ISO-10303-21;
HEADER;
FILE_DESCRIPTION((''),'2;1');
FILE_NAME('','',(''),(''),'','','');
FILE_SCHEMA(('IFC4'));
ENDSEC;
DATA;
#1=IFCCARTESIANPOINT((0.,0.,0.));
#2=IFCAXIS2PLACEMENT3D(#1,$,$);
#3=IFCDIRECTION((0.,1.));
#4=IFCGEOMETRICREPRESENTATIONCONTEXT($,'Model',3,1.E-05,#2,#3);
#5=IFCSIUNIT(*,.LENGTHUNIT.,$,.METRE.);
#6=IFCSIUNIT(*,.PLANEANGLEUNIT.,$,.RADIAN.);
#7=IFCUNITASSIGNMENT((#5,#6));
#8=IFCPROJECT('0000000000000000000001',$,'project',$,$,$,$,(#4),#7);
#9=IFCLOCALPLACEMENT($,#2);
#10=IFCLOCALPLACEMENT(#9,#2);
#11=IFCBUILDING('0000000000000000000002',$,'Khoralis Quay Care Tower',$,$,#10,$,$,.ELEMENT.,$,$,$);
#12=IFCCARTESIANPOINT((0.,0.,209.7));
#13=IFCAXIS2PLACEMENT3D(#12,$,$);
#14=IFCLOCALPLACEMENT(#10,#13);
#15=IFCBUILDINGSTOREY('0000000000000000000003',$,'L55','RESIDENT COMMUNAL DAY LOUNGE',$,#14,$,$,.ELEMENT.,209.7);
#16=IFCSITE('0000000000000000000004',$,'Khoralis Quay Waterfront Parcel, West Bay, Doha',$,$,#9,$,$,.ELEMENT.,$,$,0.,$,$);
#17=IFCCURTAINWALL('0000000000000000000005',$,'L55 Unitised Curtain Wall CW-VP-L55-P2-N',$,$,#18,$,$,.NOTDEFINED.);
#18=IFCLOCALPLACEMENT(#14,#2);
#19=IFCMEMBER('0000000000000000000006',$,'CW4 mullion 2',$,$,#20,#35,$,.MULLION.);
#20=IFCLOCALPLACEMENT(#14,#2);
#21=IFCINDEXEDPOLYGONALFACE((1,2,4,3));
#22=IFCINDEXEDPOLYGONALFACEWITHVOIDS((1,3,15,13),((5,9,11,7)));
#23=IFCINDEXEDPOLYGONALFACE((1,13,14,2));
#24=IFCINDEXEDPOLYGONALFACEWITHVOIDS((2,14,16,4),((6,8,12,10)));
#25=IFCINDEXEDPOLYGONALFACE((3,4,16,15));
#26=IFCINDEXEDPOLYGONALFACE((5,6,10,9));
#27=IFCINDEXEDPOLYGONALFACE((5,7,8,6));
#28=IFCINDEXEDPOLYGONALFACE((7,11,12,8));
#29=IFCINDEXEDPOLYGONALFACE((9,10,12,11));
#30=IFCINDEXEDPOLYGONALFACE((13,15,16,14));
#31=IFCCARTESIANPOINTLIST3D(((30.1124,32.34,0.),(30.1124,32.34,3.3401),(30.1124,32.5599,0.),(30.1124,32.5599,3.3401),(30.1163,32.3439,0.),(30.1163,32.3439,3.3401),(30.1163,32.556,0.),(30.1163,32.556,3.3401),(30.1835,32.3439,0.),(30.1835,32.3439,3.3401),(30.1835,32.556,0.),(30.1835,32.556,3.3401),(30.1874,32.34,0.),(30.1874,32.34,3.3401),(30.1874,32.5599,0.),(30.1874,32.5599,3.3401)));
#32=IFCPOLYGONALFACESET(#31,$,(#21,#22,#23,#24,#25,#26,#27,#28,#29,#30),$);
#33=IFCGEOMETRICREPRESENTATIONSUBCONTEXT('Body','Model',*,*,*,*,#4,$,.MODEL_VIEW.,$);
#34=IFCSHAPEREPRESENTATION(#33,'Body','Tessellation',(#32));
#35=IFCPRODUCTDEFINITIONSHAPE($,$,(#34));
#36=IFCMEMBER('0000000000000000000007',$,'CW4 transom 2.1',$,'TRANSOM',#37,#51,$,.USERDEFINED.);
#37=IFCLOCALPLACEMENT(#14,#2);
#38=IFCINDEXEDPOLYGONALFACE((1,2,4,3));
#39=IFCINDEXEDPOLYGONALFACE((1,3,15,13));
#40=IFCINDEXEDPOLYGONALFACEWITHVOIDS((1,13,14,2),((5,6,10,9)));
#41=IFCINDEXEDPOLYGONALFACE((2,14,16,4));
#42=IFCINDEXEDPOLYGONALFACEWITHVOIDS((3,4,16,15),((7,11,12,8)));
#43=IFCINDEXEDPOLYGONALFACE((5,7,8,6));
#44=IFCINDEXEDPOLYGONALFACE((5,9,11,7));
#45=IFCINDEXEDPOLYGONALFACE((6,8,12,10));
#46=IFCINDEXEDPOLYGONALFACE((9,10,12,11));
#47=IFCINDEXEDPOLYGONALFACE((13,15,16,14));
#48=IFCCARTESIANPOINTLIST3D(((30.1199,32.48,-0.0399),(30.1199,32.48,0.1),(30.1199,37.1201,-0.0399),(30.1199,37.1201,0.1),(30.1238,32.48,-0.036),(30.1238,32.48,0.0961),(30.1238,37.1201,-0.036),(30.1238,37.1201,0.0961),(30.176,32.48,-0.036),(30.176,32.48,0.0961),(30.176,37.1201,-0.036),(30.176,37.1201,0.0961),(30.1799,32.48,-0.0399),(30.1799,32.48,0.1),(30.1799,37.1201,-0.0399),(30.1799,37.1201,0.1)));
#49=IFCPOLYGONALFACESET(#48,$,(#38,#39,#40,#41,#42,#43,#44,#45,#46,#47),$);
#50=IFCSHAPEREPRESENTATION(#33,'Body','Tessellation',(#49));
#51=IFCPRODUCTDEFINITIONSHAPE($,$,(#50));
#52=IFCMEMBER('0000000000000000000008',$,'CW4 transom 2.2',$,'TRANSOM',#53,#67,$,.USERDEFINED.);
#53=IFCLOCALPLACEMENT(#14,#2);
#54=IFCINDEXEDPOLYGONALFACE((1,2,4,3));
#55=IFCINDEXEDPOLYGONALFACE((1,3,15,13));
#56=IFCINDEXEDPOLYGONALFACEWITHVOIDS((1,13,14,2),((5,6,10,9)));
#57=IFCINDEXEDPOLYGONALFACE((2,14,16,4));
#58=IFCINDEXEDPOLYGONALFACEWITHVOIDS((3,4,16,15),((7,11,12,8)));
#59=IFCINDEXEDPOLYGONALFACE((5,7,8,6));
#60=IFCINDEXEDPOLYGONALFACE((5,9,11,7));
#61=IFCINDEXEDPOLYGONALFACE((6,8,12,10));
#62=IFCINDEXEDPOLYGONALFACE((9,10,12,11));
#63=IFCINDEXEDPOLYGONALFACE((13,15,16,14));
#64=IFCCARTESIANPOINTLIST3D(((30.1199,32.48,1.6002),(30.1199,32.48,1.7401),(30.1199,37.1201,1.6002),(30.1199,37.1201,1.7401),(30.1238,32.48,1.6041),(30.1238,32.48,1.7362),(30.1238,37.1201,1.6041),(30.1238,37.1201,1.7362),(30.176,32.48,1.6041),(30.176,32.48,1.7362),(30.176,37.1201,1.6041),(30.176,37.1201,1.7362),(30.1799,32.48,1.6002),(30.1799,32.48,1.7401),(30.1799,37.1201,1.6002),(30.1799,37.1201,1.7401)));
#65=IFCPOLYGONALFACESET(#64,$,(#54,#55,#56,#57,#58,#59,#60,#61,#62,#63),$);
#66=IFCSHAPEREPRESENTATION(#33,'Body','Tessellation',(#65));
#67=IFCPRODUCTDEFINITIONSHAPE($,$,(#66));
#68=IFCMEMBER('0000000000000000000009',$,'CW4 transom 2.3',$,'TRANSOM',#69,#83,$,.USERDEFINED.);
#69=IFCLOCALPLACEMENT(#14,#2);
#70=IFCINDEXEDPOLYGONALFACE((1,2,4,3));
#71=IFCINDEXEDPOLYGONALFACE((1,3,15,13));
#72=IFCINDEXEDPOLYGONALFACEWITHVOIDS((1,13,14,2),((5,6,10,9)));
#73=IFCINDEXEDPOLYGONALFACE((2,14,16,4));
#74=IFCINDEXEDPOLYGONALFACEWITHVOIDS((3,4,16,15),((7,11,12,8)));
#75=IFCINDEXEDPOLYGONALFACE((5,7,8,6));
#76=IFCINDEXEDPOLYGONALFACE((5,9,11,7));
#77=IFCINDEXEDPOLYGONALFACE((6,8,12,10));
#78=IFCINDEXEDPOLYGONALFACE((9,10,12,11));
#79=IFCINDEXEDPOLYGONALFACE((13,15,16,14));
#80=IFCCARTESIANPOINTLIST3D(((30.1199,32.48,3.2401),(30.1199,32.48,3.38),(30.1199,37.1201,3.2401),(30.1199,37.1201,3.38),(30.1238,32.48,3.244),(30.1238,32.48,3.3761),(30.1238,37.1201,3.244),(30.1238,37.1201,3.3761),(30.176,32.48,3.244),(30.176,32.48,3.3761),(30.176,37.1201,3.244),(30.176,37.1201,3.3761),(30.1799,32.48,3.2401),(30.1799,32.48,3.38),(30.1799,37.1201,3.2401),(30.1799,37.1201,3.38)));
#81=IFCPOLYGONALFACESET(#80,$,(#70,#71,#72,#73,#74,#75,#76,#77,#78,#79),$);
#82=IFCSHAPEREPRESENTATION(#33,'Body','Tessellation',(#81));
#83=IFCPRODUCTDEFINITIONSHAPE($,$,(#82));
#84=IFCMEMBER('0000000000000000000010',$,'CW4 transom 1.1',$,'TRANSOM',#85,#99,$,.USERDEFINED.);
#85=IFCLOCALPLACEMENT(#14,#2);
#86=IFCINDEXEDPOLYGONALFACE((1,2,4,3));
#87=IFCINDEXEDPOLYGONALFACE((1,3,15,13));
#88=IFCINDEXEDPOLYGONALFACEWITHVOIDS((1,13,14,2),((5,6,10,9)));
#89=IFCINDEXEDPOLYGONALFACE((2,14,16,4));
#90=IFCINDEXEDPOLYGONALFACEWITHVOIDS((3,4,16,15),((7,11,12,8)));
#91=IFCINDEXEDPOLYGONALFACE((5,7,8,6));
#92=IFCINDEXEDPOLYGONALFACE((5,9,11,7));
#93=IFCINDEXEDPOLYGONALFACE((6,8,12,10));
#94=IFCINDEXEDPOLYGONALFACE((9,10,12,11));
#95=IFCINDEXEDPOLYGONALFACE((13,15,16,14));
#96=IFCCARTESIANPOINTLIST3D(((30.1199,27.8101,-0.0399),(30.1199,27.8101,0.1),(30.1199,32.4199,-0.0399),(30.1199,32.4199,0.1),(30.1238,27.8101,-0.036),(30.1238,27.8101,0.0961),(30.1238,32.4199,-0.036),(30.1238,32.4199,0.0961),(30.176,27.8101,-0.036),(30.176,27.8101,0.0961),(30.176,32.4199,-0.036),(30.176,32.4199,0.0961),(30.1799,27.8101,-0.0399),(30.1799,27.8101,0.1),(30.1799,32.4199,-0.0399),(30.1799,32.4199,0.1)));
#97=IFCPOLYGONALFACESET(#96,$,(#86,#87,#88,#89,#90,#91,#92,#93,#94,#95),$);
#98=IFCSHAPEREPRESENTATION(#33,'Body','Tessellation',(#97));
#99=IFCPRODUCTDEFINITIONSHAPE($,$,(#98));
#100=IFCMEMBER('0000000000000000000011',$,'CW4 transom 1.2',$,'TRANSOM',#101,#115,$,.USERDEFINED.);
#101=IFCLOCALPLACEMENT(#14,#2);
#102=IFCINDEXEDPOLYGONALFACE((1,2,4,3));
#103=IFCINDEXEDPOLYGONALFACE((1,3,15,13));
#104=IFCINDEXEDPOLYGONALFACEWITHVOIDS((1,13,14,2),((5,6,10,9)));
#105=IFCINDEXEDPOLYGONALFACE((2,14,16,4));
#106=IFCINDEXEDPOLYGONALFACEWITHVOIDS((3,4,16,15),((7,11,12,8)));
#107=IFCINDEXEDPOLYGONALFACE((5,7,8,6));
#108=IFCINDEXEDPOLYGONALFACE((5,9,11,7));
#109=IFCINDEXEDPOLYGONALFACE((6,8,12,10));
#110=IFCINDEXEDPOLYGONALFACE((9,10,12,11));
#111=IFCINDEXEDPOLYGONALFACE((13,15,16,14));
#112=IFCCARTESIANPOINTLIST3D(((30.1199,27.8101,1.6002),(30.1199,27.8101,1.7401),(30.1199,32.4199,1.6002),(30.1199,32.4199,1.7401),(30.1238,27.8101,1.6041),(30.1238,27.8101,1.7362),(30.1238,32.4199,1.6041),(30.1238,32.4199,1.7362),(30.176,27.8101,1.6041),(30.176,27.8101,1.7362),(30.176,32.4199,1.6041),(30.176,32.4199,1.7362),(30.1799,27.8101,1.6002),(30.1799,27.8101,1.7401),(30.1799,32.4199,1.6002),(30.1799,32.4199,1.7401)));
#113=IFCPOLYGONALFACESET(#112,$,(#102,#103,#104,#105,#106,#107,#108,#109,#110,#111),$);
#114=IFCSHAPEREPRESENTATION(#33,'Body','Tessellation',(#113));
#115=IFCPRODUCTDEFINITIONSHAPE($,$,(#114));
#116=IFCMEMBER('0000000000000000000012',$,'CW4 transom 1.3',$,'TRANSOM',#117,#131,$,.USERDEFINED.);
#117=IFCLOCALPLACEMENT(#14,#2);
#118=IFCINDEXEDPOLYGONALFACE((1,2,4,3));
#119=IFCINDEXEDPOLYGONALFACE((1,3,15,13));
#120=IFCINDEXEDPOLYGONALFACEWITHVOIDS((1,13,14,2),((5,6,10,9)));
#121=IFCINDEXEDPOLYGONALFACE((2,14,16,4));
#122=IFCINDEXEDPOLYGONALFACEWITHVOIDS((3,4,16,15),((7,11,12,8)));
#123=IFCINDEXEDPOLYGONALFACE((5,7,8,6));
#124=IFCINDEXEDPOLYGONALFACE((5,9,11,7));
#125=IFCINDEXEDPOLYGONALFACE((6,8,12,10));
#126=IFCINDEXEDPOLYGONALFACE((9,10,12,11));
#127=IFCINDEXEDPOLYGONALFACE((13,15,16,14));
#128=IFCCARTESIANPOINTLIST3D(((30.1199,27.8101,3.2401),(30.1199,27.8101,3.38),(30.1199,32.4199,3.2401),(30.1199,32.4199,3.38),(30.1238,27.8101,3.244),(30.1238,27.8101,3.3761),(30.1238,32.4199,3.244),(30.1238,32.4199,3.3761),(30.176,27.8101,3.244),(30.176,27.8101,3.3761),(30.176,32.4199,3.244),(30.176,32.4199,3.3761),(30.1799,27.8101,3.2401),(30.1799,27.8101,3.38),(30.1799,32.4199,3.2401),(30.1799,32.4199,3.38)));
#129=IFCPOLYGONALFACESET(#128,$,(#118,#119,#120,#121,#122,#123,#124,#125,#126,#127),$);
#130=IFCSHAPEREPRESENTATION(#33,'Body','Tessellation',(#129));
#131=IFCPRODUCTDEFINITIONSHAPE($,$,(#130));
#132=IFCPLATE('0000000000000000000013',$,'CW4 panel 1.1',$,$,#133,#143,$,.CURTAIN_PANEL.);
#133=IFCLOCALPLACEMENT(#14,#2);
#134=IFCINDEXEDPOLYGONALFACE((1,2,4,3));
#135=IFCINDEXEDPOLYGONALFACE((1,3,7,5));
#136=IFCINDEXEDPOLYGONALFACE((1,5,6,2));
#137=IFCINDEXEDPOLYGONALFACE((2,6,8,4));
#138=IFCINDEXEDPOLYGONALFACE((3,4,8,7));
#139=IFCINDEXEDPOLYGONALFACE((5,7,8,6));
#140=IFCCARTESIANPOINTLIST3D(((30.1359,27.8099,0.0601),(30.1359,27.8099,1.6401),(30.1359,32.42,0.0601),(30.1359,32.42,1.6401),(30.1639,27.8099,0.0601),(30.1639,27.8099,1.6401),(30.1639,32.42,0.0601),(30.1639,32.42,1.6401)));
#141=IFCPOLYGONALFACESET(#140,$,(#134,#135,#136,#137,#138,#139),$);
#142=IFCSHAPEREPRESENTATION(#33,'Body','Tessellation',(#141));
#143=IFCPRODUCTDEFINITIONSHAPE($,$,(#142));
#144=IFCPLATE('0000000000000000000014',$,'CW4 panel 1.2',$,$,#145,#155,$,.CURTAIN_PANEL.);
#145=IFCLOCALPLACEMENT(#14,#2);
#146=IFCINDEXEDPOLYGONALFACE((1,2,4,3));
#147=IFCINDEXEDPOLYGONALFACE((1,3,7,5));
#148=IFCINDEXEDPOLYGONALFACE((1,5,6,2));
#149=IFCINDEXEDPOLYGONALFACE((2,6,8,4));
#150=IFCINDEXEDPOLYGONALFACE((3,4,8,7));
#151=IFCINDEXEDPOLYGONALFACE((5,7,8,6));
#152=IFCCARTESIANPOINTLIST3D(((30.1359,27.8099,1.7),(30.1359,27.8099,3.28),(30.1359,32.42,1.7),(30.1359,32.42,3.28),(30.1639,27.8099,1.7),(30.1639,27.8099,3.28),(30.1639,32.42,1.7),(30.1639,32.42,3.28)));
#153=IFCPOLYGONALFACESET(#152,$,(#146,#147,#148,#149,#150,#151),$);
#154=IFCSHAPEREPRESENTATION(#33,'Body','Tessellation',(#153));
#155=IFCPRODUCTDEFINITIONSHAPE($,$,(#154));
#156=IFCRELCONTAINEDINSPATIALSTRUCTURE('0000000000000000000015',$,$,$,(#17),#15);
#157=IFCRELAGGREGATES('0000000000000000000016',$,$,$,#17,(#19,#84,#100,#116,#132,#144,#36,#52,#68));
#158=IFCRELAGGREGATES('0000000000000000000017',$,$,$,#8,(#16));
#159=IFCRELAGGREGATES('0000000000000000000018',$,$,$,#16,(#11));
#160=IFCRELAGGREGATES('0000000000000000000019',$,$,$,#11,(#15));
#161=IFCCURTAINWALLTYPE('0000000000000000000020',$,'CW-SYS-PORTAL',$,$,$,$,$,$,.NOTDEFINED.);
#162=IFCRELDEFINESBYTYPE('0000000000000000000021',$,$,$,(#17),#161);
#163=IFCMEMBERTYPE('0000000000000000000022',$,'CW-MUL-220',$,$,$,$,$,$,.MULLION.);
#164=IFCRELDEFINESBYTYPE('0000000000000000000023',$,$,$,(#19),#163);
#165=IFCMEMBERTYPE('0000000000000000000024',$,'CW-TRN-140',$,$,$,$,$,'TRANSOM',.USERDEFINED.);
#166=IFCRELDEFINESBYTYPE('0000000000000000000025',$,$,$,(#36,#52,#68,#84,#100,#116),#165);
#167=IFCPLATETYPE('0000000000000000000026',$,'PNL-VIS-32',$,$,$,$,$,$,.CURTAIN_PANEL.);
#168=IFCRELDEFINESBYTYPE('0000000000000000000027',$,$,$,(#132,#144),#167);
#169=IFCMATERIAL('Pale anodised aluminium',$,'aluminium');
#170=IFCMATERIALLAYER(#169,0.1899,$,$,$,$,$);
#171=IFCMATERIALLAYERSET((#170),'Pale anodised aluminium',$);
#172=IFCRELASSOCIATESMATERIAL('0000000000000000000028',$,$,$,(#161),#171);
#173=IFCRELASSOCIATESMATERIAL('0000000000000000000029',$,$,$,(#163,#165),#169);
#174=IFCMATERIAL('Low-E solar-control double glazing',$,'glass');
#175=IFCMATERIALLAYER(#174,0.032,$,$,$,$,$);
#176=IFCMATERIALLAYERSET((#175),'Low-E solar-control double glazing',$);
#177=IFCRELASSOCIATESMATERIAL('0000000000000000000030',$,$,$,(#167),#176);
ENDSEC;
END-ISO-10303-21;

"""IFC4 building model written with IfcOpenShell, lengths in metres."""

from ifc_helpers import new_model, si_unit, direction, frame, origin, origin_2d, place, context, subcontext, project, spatial, rectangle, hollow_rectangle, extrude, source, transform, mapped, material, layer, layer_set, material_profile, profile_set, type_object, element, aggregate, save


model = new_model("IFC4")

# Units and contexts
model_context = context("Model", 3, precision=1e-05, world=origin(), true_north=direction((0.0, 1.0)))
body_context = subcontext(model_context, "Body", "Model", "MODEL_VIEW")
ifc_project = project(units=[si_unit("LENGTHUNIT", "METRE"), si_unit("PLANEANGLEUNIT", "RADIAN")], contexts=[model_context])

# Site, building, storey
site_placement = place(None, origin())
site = spatial("IfcSite", under=ifc_project, at=site_placement, Name="Khoralis Quay Waterfront Parcel, West Bay, Doha", CompositionType="ELEMENT", RefElevation=0.0)
building_placement = place(site_placement, origin())
building = spatial("IfcBuilding", under=site, at=building_placement, Name="Khoralis Quay Care Tower", CompositionType="ELEMENT")
storey_placement = place(building_placement, frame((0.0, 0.0, 209.7)))
storey = spatial("IfcBuildingStorey", under=building, at=storey_placement, Name="L55", Description="RESIDENT COMMUNAL DAY LOUNGE", CompositionType="ELEMENT", Elevation=209.7)

# Curtain wall, members, plates
ifc_material_1 = material(Name="Pale anodised aluminium", Category="aluminium")
ifc_layer_1 = layer(ifc_material_1, 0.1899)
ifc_layer_set_1 = layer_set([ifc_layer_1], Name="Pale anodised aluminium")
curtain_wall_type = type_object("IfcCurtainWallType", Name="CW-SYS-PORTAL", PredefinedType="NOTDEFINED", material=ifc_layer_set_1)
curtain_wall_placement = place(storey_placement, origin())
curtain_wall = element("IfcCurtainWall", 1, at=curtain_wall_placement, inside=storey, type_object=curtain_wall_type, Name="L55 Unitised Curtain Wall CW-VP-L55-P2-N", PredefinedType="NOTDEFINED")
ifc_material_profile_1 = material_profile(ifc_material_1, hollow_rectangle(XDim=0.075, YDim=0.22, WallThickness=0.0039, at=origin_2d()), Name="Pale anodised aluminium")
ifc_profile_set_1 = profile_set([ifc_material_profile_1], Name="Pale anodised aluminium")
member_type_1 = type_object("IfcMemberType", Name="CW-MUL-220", PredefinedType="MULLION", material=ifc_profile_set_1)
shared_shape_1 = source(origin(), body_context, "Body", "SweptSolid", [
    extrude(hollow_rectangle(XDim=0.075, YDim=0.22, WallThickness=0.0039, at=origin_2d()), origin(), (0.0, 0.0, 1.0), 3.3401),
])
member_1_placement = place(storey_placement, frame((30.1499, 32.45, 0.0), z_axis=(0.0, 0.0, 1.0), x_axis=(-1.0, 0.0, 0.0)))
member_1 = element("IfcMember", 2, at=member_1_placement, type_object=member_type_1, Name="CW4 mullion 2", PredefinedType="MULLION", context=body_context, shape_type="MappedRepresentation", body=[
    mapped(shared_shape_1, transform((0.0, 0.0, 0.0), scale=1.0)),
])
ifc_material_profile_2 = material_profile(ifc_material_1, hollow_rectangle(XDim=0.0601, YDim=0.1399, WallThickness=0.0039, at=origin_2d()), Name="Pale anodised aluminium")
ifc_profile_set_2 = profile_set([ifc_material_profile_2], Name="Pale anodised aluminium")
member_type_2 = type_object("IfcMemberType", Name="CW-TRN-140", ElementType="TRANSOM", PredefinedType="USERDEFINED", material=ifc_profile_set_2)
shared_shape_2 = source(origin(), body_context, "Body", "SweptSolid", [
    extrude(hollow_rectangle(XDim=0.0601, YDim=0.1399, WallThickness=0.0039, at=origin_2d()), origin(), (0.0, 0.0, 1.0), 4.6401),
])
member_2_placement = place(storey_placement, frame((30.1499, 32.48, 0.03), z_axis=(0.0, 1.0, 0.0), x_axis=(-1.0, 0.0, 0.0)))
member_2 = element("IfcMember", 3, at=member_2_placement, type_object=member_type_2, Name="CW4 transom 2.1", ObjectType="TRANSOM", PredefinedType="USERDEFINED", context=body_context, shape_type="MappedRepresentation", body=[
    mapped(shared_shape_2, transform((0.0, 0.0, 0.0), scale=1.0)),
])
member_3_placement = place(storey_placement, frame((30.1499, 32.48, 1.6702), z_axis=(0.0, 1.0, 0.0), x_axis=(-1.0, 0.0, 0.0)))
member_3 = element("IfcMember", 4, at=member_3_placement, type_object=member_type_2, Name="CW4 transom 2.2", ObjectType="TRANSOM", PredefinedType="USERDEFINED", context=body_context, shape_type="MappedRepresentation", body=[
    mapped(shared_shape_2, transform((0.0, 0.0, 0.0), scale=1.0)),
])
member_4_placement = place(storey_placement, frame((30.1499, 32.48, 3.3101), z_axis=(0.0, 1.0, 0.0), x_axis=(-1.0, 0.0, 0.0)))
member_4 = element("IfcMember", 5, at=member_4_placement, type_object=member_type_2, Name="CW4 transom 2.3", ObjectType="TRANSOM", PredefinedType="USERDEFINED", context=body_context, shape_type="MappedRepresentation", body=[
    mapped(shared_shape_2, transform((0.0, 0.0, 0.0), scale=1.0)),
])
shared_shape_3 = source(origin(), body_context, "Body", "SweptSolid", [
    extrude(hollow_rectangle(XDim=0.0601, YDim=0.1399, WallThickness=0.0039, at=origin_2d()), origin(), (0.0, 0.0, 1.0), 4.6099),
])
member_5_placement = place(storey_placement, frame((30.1499, 27.8101, 0.03), z_axis=(0.0, 1.0, 0.0), x_axis=(-1.0, 0.0, 0.0)))
member_5 = element("IfcMember", 6, at=member_5_placement, type_object=member_type_2, Name="CW4 transom 1.1", ObjectType="TRANSOM", PredefinedType="USERDEFINED", context=body_context, shape_type="MappedRepresentation", body=[
    mapped(shared_shape_3, transform((0.0, 0.0, 0.0), scale=1.0)),
])
member_6_placement = place(storey_placement, frame((30.1499, 27.8101, 1.6702), z_axis=(0.0, 1.0, 0.0), x_axis=(-1.0, 0.0, 0.0)))
member_6 = element("IfcMember", 7, at=member_6_placement, type_object=member_type_2, Name="CW4 transom 1.2", ObjectType="TRANSOM", PredefinedType="USERDEFINED", context=body_context, shape_type="MappedRepresentation", body=[
    mapped(shared_shape_3, transform((0.0, 0.0, 0.0), scale=1.0)),
])
member_7_placement = place(storey_placement, frame((30.1499, 27.8101, 3.3101), z_axis=(0.0, 1.0, 0.0), x_axis=(-1.0, 0.0, 0.0)))
member_7 = element("IfcMember", 8, at=member_7_placement, type_object=member_type_2, Name="CW4 transom 1.3", ObjectType="TRANSOM", PredefinedType="USERDEFINED", context=body_context, shape_type="MappedRepresentation", body=[
    mapped(shared_shape_3, transform((0.0, 0.0, 0.0), scale=1.0)),
])
ifc_material_2 = material(Name="Low-E solar-control double glazing", Category="glass")
ifc_layer_2 = layer(ifc_material_2, 0.032)
ifc_layer_set_2 = layer_set([ifc_layer_2], Name="Low-E solar-control double glazing")
plate_type = type_object("IfcPlateType", Name="PNL-VIS-32", PredefinedType="CURTAIN_PANEL", material=ifc_layer_set_2)
shared_shape_4 = source(origin(), body_context, "Body", "SweptSolid", [
    extrude(rectangle(XDim=4.6101, YDim=0.0281, at=origin_2d()), origin(), (0.0, 0.0, 1.0), 1.5801),
])
plate_1_placement = place(storey_placement, frame((30.1499, 30.115, 0.0601), z_axis=(0.0, 0.0, 1.0), x_axis=(0.0, 1.0, 0.0)))
plate_1 = element("IfcPlate", 9, at=plate_1_placement, type_object=plate_type, Name="CW4 panel 1.1", PredefinedType="CURTAIN_PANEL", context=body_context, shape_type="MappedRepresentation", body=[
    mapped(shared_shape_4, transform((0.0, 0.0, 0.0), scale=1.0)),
])
plate_2_placement = place(storey_placement, frame((30.1499, 30.115, 1.7), z_axis=(0.0, 0.0, 1.0), x_axis=(0.0, 1.0, 0.0)))
plate_2 = element("IfcPlate", 10, at=plate_2_placement, type_object=plate_type, Name="CW4 panel 1.2", PredefinedType="CURTAIN_PANEL", context=body_context, shape_type="MappedRepresentation", body=[
    mapped(shared_shape_4, transform((0.0, 0.0, 0.0), scale=1.0)),
])
aggregate(curtain_wall, [member_1, member_5, member_6, member_7, plate_1, plate_2, member_2, member_3, member_4])

save(model, "model.ifc")
